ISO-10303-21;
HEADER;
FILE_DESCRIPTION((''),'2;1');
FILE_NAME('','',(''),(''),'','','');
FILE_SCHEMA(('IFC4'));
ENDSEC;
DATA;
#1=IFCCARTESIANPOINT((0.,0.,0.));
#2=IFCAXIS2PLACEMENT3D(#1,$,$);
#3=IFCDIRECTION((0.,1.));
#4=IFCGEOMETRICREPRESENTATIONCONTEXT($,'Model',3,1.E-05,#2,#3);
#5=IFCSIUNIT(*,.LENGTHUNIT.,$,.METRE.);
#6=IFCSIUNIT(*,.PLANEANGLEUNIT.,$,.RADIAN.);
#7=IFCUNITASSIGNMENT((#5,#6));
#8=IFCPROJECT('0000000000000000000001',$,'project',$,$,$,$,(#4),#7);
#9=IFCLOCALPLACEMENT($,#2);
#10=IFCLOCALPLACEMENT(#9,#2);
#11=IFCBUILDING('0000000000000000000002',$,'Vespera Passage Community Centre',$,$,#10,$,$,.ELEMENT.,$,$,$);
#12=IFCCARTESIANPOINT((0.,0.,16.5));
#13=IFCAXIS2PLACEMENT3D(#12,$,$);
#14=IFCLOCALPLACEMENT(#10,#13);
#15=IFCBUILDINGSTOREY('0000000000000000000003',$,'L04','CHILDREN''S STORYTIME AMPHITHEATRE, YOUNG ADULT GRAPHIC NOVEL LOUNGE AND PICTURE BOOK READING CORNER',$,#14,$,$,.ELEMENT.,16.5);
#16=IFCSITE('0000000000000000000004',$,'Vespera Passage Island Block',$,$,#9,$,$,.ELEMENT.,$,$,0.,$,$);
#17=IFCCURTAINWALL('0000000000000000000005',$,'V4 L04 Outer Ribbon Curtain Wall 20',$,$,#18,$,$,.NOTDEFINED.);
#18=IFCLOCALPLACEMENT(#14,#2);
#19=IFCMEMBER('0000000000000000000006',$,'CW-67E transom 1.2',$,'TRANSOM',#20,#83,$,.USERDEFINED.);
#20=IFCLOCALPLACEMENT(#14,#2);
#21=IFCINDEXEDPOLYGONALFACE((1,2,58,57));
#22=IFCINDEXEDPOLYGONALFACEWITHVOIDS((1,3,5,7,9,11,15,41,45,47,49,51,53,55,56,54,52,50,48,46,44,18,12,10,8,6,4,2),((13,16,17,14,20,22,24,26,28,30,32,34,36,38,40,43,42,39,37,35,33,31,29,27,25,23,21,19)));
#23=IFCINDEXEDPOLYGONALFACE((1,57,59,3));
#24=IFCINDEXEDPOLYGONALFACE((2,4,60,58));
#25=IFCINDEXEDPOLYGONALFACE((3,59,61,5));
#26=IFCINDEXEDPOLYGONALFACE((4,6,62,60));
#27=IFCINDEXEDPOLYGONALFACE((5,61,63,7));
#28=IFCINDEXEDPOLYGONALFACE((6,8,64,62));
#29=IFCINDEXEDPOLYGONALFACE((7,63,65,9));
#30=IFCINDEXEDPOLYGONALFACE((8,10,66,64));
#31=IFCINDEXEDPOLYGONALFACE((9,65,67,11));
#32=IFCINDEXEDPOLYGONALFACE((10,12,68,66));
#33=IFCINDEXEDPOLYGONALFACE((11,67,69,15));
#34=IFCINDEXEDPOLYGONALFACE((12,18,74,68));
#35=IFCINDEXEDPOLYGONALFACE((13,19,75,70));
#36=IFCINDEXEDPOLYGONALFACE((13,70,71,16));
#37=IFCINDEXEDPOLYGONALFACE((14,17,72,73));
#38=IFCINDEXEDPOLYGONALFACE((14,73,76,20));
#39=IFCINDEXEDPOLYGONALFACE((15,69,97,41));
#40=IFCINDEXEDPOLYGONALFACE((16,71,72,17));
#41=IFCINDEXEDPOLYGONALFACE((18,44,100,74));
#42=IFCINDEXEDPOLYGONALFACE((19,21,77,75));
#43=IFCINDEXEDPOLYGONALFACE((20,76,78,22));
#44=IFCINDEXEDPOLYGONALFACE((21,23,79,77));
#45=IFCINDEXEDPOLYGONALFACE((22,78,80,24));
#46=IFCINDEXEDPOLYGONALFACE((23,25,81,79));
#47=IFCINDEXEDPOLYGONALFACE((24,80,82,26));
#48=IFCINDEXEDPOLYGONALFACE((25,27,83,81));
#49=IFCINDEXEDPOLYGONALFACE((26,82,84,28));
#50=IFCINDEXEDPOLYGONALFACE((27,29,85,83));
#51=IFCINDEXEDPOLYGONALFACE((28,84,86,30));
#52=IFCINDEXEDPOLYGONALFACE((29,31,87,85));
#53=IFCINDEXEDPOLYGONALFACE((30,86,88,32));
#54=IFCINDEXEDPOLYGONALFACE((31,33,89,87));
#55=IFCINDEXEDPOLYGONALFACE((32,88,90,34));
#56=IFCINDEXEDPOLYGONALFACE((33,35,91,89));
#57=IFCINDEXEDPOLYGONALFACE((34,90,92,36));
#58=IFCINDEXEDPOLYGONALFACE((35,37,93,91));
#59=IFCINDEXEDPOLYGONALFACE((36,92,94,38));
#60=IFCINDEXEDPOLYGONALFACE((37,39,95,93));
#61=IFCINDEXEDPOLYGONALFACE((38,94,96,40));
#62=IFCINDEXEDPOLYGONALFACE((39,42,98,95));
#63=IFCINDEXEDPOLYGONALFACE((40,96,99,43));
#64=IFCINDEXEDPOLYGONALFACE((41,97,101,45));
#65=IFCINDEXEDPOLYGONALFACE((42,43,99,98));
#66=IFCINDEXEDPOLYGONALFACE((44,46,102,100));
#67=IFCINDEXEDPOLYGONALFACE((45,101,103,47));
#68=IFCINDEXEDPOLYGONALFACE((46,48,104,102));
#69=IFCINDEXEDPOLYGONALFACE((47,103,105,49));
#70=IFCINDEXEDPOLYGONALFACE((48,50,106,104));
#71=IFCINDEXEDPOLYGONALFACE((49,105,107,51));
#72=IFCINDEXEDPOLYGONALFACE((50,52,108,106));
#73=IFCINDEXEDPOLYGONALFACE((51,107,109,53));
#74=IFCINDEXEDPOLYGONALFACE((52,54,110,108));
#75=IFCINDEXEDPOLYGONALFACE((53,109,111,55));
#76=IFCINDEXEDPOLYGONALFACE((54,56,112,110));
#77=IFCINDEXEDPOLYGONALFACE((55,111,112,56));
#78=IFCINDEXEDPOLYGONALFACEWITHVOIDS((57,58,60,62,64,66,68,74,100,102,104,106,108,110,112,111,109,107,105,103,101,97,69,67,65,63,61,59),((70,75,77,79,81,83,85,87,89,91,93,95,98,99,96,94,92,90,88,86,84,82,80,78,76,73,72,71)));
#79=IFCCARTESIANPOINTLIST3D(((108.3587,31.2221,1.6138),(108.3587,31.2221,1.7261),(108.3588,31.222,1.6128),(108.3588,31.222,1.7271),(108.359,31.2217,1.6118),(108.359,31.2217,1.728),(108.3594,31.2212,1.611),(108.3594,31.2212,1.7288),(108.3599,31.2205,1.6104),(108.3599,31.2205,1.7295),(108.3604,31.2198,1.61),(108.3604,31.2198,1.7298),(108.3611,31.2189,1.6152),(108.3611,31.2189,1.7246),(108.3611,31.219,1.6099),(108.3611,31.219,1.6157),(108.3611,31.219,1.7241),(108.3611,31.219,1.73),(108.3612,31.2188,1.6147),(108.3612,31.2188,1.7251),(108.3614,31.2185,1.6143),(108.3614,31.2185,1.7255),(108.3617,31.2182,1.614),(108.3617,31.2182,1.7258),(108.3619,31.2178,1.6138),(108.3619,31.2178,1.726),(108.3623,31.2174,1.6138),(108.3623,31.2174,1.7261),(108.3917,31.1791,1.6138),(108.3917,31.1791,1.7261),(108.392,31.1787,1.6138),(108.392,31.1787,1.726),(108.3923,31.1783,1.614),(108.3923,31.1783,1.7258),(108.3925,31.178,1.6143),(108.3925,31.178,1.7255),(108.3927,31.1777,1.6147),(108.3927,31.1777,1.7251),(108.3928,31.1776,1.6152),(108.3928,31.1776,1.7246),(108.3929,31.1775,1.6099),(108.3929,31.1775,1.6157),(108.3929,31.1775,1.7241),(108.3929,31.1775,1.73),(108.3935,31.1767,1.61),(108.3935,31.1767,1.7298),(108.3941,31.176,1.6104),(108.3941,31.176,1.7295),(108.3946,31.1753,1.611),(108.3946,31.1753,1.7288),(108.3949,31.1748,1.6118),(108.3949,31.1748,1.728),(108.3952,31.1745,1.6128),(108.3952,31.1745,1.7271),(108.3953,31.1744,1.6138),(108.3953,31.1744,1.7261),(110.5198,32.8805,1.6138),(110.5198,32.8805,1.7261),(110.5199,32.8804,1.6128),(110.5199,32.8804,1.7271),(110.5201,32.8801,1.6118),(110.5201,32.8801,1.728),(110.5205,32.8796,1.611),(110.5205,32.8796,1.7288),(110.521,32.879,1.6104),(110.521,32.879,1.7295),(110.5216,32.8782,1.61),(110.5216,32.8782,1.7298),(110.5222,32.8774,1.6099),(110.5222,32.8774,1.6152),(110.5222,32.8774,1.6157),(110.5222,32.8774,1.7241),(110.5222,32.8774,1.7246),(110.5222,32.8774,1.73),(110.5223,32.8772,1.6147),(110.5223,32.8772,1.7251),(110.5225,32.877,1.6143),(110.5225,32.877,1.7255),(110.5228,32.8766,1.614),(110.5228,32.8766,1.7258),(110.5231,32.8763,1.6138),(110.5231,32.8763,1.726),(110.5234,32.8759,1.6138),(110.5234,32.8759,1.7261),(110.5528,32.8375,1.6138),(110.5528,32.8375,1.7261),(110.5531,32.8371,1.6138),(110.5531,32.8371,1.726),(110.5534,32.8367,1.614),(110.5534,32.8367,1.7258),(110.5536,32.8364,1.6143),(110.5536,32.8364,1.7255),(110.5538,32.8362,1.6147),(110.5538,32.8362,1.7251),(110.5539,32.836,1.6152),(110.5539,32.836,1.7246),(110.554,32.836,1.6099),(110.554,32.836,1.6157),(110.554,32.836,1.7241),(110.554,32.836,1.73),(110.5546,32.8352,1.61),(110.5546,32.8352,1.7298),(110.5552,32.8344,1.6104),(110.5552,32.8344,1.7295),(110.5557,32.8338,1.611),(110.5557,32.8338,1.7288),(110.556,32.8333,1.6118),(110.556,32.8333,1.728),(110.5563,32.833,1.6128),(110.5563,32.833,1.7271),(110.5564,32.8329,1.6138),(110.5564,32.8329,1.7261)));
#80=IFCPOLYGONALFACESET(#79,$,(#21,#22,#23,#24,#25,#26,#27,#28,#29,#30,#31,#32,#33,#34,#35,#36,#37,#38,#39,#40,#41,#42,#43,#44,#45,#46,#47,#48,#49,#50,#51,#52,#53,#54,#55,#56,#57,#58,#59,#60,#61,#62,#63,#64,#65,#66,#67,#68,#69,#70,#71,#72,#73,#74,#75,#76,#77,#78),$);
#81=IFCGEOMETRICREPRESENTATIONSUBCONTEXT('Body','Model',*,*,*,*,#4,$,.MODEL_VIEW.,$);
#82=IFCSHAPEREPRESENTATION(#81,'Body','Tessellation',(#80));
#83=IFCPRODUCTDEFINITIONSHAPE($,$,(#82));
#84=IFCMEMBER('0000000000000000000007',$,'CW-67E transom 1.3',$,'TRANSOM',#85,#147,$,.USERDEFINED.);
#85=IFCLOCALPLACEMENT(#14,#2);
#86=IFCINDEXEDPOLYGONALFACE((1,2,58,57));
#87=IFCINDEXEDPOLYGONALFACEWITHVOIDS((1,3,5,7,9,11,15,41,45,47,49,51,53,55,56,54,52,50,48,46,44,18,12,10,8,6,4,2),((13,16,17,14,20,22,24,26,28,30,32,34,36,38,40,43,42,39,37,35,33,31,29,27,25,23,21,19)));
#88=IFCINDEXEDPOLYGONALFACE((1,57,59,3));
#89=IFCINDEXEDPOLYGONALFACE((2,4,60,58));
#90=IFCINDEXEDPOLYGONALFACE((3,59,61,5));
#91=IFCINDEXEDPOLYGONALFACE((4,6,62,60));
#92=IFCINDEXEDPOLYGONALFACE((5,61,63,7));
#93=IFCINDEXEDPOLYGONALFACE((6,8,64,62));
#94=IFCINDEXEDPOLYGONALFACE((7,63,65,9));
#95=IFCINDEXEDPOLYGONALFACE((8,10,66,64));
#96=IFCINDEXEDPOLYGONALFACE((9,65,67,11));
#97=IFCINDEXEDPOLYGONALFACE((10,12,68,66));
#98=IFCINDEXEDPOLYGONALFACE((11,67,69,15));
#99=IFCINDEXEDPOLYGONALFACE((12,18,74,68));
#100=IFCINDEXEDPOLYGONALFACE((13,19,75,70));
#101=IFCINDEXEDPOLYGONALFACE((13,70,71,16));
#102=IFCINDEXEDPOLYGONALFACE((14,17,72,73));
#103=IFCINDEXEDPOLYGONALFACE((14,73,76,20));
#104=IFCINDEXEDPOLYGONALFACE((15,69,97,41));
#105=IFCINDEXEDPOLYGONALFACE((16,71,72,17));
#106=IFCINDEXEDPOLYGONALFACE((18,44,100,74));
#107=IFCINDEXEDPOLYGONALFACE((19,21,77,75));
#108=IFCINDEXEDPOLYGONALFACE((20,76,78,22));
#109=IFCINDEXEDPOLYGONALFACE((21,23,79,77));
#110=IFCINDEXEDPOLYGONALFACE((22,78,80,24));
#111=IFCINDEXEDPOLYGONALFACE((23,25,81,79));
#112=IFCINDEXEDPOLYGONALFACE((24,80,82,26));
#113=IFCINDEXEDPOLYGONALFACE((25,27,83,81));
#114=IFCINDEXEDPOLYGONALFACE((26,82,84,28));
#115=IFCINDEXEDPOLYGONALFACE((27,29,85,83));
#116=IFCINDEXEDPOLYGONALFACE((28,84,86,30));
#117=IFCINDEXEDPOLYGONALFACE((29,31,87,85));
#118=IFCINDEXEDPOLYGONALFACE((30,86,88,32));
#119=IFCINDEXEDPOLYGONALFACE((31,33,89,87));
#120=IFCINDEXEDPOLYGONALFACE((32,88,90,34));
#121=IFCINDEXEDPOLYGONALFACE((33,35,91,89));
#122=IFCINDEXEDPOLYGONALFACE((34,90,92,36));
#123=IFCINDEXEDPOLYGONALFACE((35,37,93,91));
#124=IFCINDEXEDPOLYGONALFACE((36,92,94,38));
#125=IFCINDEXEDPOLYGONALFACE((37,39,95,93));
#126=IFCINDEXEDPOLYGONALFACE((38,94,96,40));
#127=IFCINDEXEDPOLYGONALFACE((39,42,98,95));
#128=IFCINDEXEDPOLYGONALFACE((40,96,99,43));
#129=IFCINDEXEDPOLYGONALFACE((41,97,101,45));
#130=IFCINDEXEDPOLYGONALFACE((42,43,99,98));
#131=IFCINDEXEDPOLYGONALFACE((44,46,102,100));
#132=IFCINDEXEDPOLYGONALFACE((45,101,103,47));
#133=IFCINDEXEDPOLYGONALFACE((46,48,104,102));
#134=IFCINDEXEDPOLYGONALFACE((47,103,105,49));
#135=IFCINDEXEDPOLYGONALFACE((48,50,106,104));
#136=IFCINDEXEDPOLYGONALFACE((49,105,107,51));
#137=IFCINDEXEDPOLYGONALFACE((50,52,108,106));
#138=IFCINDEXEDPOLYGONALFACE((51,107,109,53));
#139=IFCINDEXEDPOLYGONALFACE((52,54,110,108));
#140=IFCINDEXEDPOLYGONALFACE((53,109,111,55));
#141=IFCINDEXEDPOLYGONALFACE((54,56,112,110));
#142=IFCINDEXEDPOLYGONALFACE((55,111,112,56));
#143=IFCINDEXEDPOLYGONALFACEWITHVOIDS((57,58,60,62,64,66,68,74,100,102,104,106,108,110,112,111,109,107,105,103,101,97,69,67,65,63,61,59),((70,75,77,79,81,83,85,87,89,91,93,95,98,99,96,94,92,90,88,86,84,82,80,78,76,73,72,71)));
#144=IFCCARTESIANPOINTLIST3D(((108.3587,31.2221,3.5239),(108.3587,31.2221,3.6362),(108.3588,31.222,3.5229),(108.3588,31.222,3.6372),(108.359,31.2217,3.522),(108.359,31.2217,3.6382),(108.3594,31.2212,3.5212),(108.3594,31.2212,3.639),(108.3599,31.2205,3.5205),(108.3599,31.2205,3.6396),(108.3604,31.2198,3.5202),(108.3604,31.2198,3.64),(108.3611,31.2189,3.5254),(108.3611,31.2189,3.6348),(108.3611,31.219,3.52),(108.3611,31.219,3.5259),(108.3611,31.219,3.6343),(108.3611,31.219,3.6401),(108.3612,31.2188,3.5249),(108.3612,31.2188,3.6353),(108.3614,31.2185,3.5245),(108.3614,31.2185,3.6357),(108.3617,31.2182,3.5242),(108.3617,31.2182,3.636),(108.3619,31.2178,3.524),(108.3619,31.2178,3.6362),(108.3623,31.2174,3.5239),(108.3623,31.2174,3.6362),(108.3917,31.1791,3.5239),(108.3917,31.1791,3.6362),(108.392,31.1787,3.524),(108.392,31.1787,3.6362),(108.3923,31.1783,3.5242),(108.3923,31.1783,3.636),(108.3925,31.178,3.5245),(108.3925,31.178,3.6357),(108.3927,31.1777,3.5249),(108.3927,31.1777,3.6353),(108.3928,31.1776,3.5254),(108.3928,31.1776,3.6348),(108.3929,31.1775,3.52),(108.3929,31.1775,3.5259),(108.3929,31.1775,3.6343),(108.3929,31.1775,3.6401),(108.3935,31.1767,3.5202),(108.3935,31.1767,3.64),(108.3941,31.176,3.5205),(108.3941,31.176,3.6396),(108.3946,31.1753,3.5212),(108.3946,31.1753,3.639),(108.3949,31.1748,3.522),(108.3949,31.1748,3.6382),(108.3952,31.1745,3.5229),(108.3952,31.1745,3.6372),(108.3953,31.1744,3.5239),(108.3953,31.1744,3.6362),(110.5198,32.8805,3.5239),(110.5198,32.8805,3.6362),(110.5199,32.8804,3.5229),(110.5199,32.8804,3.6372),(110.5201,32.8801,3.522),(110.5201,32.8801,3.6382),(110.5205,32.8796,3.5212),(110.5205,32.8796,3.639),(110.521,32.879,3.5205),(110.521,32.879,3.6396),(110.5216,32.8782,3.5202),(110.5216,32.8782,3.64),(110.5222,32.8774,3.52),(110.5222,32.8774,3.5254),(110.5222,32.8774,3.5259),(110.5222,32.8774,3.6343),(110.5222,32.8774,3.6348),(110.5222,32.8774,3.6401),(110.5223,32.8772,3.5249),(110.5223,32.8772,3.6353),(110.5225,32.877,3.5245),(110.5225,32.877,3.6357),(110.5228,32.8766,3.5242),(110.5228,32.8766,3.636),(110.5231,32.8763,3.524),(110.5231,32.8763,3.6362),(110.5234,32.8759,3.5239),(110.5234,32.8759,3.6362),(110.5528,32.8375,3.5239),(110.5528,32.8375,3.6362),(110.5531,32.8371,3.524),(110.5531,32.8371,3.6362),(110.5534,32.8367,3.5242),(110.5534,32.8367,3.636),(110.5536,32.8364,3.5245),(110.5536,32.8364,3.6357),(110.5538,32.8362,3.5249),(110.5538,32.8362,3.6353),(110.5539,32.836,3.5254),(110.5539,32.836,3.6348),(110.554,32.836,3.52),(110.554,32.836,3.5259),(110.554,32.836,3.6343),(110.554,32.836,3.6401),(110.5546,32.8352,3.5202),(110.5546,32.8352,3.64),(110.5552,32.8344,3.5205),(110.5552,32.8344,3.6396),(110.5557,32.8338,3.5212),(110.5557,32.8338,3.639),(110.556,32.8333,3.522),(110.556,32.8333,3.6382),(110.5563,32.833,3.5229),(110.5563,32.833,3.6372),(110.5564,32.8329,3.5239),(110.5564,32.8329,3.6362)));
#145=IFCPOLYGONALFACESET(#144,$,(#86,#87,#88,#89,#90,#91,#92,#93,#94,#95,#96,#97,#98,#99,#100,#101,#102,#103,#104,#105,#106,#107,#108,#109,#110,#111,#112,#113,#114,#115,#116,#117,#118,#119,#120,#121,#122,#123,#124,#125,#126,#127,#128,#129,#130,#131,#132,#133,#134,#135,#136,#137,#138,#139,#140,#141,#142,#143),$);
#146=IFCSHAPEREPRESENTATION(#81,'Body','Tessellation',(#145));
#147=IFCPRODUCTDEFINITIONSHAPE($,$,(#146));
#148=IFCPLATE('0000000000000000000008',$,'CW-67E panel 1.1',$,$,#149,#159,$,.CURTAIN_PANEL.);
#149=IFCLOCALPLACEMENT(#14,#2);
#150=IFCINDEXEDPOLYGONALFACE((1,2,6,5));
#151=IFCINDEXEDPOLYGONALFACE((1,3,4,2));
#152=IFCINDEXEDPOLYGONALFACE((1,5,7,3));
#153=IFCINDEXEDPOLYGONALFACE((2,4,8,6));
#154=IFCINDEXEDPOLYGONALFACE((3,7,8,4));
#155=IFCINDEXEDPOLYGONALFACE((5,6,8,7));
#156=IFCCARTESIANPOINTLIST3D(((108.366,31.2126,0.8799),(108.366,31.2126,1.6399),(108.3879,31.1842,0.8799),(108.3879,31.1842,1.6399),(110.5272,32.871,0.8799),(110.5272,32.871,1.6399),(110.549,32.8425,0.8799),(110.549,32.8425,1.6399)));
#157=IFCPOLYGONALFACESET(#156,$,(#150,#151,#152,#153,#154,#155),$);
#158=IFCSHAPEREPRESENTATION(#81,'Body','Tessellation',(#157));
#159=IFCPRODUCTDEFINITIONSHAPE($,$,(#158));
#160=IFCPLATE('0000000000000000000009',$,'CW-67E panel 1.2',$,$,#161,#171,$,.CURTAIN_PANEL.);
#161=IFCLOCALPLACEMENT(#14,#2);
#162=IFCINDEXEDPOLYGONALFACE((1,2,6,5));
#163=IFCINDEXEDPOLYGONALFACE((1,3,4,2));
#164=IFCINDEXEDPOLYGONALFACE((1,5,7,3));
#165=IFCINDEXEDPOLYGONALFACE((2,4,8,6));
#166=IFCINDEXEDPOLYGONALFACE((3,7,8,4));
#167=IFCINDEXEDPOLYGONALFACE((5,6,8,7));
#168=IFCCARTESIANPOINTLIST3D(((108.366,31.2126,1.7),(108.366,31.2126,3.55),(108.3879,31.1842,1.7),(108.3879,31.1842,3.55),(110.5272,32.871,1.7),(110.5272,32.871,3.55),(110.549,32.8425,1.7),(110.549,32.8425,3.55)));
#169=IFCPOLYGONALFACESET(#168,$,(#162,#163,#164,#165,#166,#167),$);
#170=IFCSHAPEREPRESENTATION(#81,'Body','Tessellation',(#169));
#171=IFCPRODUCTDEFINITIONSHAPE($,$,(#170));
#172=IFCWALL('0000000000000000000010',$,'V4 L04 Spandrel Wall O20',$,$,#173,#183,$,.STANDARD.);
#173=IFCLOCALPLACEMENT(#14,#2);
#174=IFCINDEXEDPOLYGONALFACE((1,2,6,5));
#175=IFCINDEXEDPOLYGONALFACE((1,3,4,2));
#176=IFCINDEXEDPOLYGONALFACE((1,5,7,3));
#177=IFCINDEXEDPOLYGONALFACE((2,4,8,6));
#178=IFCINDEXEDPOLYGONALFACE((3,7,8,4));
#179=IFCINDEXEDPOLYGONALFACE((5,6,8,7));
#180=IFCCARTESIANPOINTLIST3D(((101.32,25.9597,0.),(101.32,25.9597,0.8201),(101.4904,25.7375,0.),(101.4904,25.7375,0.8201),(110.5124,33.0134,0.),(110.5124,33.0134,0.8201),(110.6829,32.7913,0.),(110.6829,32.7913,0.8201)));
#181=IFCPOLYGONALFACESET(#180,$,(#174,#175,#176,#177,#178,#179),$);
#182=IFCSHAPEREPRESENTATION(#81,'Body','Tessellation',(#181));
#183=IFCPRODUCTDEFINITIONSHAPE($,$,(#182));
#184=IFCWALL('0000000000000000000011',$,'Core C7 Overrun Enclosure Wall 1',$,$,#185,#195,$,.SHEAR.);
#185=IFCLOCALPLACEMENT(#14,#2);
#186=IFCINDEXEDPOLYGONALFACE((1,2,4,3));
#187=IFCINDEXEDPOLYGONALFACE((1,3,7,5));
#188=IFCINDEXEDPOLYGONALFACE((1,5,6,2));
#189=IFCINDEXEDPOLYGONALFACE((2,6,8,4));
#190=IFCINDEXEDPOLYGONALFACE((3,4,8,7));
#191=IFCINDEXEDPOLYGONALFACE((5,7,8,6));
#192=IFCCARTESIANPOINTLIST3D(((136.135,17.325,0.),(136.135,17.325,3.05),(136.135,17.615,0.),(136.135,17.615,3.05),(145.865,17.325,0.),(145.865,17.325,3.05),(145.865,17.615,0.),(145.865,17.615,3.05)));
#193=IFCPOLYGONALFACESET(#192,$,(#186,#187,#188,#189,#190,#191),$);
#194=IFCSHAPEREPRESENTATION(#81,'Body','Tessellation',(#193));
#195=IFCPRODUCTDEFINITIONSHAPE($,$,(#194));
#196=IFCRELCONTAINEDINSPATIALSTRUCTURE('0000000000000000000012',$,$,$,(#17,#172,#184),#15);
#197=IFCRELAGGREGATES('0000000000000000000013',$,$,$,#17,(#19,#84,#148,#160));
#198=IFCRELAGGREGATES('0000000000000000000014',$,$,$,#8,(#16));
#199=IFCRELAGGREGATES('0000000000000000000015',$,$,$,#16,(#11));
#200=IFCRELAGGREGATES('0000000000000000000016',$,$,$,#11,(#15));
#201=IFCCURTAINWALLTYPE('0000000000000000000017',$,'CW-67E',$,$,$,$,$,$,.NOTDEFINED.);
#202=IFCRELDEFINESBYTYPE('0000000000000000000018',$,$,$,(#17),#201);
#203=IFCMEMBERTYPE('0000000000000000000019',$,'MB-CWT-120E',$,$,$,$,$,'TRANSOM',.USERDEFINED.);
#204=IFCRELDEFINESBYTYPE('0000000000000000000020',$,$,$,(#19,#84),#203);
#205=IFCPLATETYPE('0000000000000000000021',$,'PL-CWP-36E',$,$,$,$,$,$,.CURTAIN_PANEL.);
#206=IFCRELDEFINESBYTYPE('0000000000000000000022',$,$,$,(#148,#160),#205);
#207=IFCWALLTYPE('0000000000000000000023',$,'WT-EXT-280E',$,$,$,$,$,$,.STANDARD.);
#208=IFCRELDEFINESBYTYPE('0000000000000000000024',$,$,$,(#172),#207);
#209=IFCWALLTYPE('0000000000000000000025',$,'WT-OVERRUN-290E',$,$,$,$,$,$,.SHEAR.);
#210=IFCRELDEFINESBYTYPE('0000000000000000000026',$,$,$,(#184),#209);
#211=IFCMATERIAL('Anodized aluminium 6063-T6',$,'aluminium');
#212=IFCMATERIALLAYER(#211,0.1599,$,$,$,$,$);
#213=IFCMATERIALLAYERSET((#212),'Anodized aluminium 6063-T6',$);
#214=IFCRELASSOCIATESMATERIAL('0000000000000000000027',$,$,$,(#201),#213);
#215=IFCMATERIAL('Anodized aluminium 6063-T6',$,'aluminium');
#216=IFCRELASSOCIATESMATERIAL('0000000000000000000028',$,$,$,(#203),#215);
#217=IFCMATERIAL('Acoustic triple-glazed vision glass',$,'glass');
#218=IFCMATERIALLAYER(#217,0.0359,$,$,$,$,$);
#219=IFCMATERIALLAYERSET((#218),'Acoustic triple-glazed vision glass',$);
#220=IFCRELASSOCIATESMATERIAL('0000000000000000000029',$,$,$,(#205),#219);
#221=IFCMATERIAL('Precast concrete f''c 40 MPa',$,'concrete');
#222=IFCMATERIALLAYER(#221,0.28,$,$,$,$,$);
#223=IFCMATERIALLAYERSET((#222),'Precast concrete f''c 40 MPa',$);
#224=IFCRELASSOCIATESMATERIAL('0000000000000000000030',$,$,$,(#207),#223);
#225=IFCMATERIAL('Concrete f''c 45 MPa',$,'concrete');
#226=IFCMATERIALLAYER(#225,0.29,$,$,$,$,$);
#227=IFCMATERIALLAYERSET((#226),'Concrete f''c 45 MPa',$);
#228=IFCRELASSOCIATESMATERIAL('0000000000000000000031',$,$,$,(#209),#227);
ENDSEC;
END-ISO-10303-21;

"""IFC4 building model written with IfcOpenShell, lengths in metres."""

from ifc_helpers import new_model, si_unit, direction, frame, frame_2d, origin, origin_2d, place, context, subcontext, project, spatial, rectangle, hollow_rectangle, extrude, material, layer, layer_set, material_profile, profile_set, type_object, element, aggregate, save


model = new_model("IFC4")

# Units and contexts
model_context = context("Model", 3, precision=1e-05, world=origin(), true_north=direction((0.0, 1.0)))
body_context = subcontext(model_context, "Body", "Model", "MODEL_VIEW")
ifc_project = project(units=[si_unit("LENGTHUNIT", "METRE"), si_unit("PLANEANGLEUNIT", "RADIAN")], contexts=[model_context])

# Site, building, storey
site_placement = place(None, origin())
site = spatial("IfcSite", under=ifc_project, at=site_placement, Name="Vespera Passage Island Block", CompositionType="ELEMENT", RefElevation=0.0)
building_placement = place(site_placement, origin())
building = spatial("IfcBuilding", under=site, at=building_placement, Name="Vespera Passage Community Centre", CompositionType="ELEMENT")
storey_placement = place(building_placement, frame((0.0, 0.0, 16.5)))
storey = spatial("IfcBuildingStorey", under=building, at=storey_placement, Name="L04", Description="CHILDREN'S STORYTIME AMPHITHEATRE, YOUNG ADULT GRAPHIC NOVEL LOUNGE AND PICTURE BOOK READING CORNER", CompositionType="ELEMENT", Elevation=16.5)

# Curtain wall, members, plates
ifc_material_1 = material(Name="Anodized aluminium 6063-T6", Category="aluminium")
ifc_layer_1 = layer(ifc_material_1, 0.1599)
ifc_layer_set_1 = layer_set([ifc_layer_1], Name="Anodized aluminium 6063-T6")
curtain_wall_type = type_object("IfcCurtainWallType", Name="CW-67E", PredefinedType="NOTDEFINED", material=ifc_layer_set_1)
curtain_wall_placement = place(storey_placement, origin())
curtain_wall = element("IfcCurtainWall", 1, at=curtain_wall_placement, inside=storey, type_object=curtain_wall_type, Name="V4 L04 Outer Ribbon Curtain Wall 20", PredefinedType="NOTDEFINED")
ifc_material_2 = material(Name="Anodized aluminium 6063-T6", Category="aluminium")
ifc_material_profile_1 = material_profile(ifc_material_2, hollow_rectangle(XDim=0.0601, YDim=0.1201, WallThickness=0.0039, InnerFilletRadius=0.002, OuterFilletRadius=0.0039, at=origin_2d()), Name="ALU120X60X4")
ifc_profile_set_1 = profile_set([ifc_material_profile_1], Name="Anodized aluminium 6063-T6")
member_type_1 = type_object("IfcMemberType", Name="MB-CWT-120E", ElementType="TRANSOM", PredefinedType="USERDEFINED", material=ifc_profile_set_1)
member_1_placement = place(storey_placement, frame((110.5381, 32.8567, 1.6699), z_axis=(-0.793326, -0.608796, 0.0), x_axis=(0.608796, -0.793326, 0.0)))
member_1 = element("IfcMember", 2, at=member_1_placement, type_object=member_type_1, Name="CW-67E transom 1.2", ObjectType="TRANSOM", PredefinedType="USERDEFINED", context=body_context, shape_type="SweptSolid", body=[
    extrude(hollow_rectangle(XDim=0.0601, YDim=0.1201, WallThickness=0.0039, InnerFilletRadius=0.002, OuterFilletRadius=0.0039, at=origin_2d()), origin(), (0.0, 0.0, 1.0), 2.7241),
])
member_2_placement = place(storey_placement, frame((110.5381, 32.8567, 3.5801), z_axis=(-0.793326, -0.608796, 0.0), x_axis=(0.608796, -0.793326, 0.0)))
member_2 = element("IfcMember", 3, at=member_2_placement, type_object=member_type_1, Name="CW-67E transom 1.3", ObjectType="TRANSOM", PredefinedType="USERDEFINED", context=body_context, shape_type="SweptSolid", body=[
    extrude(hollow_rectangle(XDim=0.0601, YDim=0.1201, WallThickness=0.0039, InnerFilletRadius=0.002, OuterFilletRadius=0.0039, at=origin_2d()), origin(), (0.0, 0.0, 1.0), 2.7241),
])
ifc_material_3 = material(Name="Acoustic triple-glazed vision glass", Category="glass")
ifc_layer_2 = layer(ifc_material_3, 0.0359)
ifc_layer_set_2 = layer_set([ifc_layer_2], Name="Acoustic triple-glazed vision glass")
plate_type = type_object("IfcPlateType", Name="PL-CWP-36E", PredefinedType="CURTAIN_PANEL", material=ifc_layer_set_2)
plate_1_placement = place(storey_placement, frame((109.4575, 32.0276, 0.8799), z_axis=(0.0, 0.0, 1.0), x_axis=(-0.793348, -0.608768, 0.0)))
plate_1 = element("IfcPlate", 4, at=plate_1_placement, type_object=plate_type, Name="CW-67E panel 1.1", PredefinedType="CURTAIN_PANEL", context=body_context, shape_type="SweptSolid", body=[
    extrude(rectangle(XDim=2.7241, YDim=0.0359, at=origin_2d()), origin(), (0.0, 0.0, 1.0), 0.76),
])
plate_2_placement = place(storey_placement, frame((109.4575, 32.0276, 1.7), z_axis=(0.0, 0.0, 1.0), x_axis=(-0.793348, -0.608768, 0.0)))
plate_2 = element("IfcPlate", 5, at=plate_2_placement, type_object=plate_type, Name="CW-67E panel 1.2", PredefinedType="CURTAIN_PANEL", context=body_context, shape_type="SweptSolid", body=[
    extrude(rectangle(XDim=2.7241, YDim=0.0359, at=origin_2d()), origin(), (0.0, 0.0, 1.0), 1.8501),
])
aggregate(curtain_wall, [member_1, member_2, plate_1, plate_2])

# Walls
ifc_material_4 = material(Name="Precast concrete f'c 40 MPa", Category="concrete")
ifc_layer_3 = layer(ifc_material_4, 0.28)
ifc_layer_set_3 = layer_set([ifc_layer_3], Name="Precast concrete f'c 40 MPa")
wall_type_1 = type_object("IfcWallType", Name="WT-EXT-280E", PredefinedType="STANDARD", material=ifc_layer_set_3)
wall_1_placement = place(storey_placement, frame((110.5977, 32.9023, 0.0), z_axis=(0.0, 0.0, 1.0), x_axis=(-0.793347, -0.608769, 0.0)))
element("IfcWall", 6, at=wall_1_placement, inside=storey, type_object=wall_type_1, Name="V4 L04 Spandrel Wall O20", PredefinedType="STANDARD", context=body_context, shape_type="SweptSolid", body=[
    extrude(rectangle(XDim=11.5869, YDim=0.28, at=frame_2d((5.7935, 0.0))), origin(), (0.0, 0.0, 1.0), 0.8201),
])
ifc_material_5 = material(Name="Concrete f'c 45 MPa", Category="concrete")
ifc_layer_4 = layer(ifc_material_5, 0.29)
ifc_layer_set_4 = layer_set([ifc_layer_4], Name="Concrete f'c 45 MPa")
wall_type_2 = type_object("IfcWallType", Name="WT-OVERRUN-290E", PredefinedType="SHEAR", material=ifc_layer_set_4)
wall_2_placement = place(storey_placement, frame((145.865, 17.47, 0.0), z_axis=(0.0, 0.0, 1.0), x_axis=(-1.0, 0.0, 0.0)))
element("IfcWall", 7, at=wall_2_placement, inside=storey, type_object=wall_type_2, Name="Core C7 Overrun Enclosure Wall 1", PredefinedType="SHEAR", context=body_context, shape_type="SweptSolid", body=[
    extrude(rectangle(XDim=9.73, YDim=0.29, at=frame_2d((4.865, 0.0))), origin(), (0.0, 0.0, 1.0), 3.05),
])

save(model, "model.ifc")
